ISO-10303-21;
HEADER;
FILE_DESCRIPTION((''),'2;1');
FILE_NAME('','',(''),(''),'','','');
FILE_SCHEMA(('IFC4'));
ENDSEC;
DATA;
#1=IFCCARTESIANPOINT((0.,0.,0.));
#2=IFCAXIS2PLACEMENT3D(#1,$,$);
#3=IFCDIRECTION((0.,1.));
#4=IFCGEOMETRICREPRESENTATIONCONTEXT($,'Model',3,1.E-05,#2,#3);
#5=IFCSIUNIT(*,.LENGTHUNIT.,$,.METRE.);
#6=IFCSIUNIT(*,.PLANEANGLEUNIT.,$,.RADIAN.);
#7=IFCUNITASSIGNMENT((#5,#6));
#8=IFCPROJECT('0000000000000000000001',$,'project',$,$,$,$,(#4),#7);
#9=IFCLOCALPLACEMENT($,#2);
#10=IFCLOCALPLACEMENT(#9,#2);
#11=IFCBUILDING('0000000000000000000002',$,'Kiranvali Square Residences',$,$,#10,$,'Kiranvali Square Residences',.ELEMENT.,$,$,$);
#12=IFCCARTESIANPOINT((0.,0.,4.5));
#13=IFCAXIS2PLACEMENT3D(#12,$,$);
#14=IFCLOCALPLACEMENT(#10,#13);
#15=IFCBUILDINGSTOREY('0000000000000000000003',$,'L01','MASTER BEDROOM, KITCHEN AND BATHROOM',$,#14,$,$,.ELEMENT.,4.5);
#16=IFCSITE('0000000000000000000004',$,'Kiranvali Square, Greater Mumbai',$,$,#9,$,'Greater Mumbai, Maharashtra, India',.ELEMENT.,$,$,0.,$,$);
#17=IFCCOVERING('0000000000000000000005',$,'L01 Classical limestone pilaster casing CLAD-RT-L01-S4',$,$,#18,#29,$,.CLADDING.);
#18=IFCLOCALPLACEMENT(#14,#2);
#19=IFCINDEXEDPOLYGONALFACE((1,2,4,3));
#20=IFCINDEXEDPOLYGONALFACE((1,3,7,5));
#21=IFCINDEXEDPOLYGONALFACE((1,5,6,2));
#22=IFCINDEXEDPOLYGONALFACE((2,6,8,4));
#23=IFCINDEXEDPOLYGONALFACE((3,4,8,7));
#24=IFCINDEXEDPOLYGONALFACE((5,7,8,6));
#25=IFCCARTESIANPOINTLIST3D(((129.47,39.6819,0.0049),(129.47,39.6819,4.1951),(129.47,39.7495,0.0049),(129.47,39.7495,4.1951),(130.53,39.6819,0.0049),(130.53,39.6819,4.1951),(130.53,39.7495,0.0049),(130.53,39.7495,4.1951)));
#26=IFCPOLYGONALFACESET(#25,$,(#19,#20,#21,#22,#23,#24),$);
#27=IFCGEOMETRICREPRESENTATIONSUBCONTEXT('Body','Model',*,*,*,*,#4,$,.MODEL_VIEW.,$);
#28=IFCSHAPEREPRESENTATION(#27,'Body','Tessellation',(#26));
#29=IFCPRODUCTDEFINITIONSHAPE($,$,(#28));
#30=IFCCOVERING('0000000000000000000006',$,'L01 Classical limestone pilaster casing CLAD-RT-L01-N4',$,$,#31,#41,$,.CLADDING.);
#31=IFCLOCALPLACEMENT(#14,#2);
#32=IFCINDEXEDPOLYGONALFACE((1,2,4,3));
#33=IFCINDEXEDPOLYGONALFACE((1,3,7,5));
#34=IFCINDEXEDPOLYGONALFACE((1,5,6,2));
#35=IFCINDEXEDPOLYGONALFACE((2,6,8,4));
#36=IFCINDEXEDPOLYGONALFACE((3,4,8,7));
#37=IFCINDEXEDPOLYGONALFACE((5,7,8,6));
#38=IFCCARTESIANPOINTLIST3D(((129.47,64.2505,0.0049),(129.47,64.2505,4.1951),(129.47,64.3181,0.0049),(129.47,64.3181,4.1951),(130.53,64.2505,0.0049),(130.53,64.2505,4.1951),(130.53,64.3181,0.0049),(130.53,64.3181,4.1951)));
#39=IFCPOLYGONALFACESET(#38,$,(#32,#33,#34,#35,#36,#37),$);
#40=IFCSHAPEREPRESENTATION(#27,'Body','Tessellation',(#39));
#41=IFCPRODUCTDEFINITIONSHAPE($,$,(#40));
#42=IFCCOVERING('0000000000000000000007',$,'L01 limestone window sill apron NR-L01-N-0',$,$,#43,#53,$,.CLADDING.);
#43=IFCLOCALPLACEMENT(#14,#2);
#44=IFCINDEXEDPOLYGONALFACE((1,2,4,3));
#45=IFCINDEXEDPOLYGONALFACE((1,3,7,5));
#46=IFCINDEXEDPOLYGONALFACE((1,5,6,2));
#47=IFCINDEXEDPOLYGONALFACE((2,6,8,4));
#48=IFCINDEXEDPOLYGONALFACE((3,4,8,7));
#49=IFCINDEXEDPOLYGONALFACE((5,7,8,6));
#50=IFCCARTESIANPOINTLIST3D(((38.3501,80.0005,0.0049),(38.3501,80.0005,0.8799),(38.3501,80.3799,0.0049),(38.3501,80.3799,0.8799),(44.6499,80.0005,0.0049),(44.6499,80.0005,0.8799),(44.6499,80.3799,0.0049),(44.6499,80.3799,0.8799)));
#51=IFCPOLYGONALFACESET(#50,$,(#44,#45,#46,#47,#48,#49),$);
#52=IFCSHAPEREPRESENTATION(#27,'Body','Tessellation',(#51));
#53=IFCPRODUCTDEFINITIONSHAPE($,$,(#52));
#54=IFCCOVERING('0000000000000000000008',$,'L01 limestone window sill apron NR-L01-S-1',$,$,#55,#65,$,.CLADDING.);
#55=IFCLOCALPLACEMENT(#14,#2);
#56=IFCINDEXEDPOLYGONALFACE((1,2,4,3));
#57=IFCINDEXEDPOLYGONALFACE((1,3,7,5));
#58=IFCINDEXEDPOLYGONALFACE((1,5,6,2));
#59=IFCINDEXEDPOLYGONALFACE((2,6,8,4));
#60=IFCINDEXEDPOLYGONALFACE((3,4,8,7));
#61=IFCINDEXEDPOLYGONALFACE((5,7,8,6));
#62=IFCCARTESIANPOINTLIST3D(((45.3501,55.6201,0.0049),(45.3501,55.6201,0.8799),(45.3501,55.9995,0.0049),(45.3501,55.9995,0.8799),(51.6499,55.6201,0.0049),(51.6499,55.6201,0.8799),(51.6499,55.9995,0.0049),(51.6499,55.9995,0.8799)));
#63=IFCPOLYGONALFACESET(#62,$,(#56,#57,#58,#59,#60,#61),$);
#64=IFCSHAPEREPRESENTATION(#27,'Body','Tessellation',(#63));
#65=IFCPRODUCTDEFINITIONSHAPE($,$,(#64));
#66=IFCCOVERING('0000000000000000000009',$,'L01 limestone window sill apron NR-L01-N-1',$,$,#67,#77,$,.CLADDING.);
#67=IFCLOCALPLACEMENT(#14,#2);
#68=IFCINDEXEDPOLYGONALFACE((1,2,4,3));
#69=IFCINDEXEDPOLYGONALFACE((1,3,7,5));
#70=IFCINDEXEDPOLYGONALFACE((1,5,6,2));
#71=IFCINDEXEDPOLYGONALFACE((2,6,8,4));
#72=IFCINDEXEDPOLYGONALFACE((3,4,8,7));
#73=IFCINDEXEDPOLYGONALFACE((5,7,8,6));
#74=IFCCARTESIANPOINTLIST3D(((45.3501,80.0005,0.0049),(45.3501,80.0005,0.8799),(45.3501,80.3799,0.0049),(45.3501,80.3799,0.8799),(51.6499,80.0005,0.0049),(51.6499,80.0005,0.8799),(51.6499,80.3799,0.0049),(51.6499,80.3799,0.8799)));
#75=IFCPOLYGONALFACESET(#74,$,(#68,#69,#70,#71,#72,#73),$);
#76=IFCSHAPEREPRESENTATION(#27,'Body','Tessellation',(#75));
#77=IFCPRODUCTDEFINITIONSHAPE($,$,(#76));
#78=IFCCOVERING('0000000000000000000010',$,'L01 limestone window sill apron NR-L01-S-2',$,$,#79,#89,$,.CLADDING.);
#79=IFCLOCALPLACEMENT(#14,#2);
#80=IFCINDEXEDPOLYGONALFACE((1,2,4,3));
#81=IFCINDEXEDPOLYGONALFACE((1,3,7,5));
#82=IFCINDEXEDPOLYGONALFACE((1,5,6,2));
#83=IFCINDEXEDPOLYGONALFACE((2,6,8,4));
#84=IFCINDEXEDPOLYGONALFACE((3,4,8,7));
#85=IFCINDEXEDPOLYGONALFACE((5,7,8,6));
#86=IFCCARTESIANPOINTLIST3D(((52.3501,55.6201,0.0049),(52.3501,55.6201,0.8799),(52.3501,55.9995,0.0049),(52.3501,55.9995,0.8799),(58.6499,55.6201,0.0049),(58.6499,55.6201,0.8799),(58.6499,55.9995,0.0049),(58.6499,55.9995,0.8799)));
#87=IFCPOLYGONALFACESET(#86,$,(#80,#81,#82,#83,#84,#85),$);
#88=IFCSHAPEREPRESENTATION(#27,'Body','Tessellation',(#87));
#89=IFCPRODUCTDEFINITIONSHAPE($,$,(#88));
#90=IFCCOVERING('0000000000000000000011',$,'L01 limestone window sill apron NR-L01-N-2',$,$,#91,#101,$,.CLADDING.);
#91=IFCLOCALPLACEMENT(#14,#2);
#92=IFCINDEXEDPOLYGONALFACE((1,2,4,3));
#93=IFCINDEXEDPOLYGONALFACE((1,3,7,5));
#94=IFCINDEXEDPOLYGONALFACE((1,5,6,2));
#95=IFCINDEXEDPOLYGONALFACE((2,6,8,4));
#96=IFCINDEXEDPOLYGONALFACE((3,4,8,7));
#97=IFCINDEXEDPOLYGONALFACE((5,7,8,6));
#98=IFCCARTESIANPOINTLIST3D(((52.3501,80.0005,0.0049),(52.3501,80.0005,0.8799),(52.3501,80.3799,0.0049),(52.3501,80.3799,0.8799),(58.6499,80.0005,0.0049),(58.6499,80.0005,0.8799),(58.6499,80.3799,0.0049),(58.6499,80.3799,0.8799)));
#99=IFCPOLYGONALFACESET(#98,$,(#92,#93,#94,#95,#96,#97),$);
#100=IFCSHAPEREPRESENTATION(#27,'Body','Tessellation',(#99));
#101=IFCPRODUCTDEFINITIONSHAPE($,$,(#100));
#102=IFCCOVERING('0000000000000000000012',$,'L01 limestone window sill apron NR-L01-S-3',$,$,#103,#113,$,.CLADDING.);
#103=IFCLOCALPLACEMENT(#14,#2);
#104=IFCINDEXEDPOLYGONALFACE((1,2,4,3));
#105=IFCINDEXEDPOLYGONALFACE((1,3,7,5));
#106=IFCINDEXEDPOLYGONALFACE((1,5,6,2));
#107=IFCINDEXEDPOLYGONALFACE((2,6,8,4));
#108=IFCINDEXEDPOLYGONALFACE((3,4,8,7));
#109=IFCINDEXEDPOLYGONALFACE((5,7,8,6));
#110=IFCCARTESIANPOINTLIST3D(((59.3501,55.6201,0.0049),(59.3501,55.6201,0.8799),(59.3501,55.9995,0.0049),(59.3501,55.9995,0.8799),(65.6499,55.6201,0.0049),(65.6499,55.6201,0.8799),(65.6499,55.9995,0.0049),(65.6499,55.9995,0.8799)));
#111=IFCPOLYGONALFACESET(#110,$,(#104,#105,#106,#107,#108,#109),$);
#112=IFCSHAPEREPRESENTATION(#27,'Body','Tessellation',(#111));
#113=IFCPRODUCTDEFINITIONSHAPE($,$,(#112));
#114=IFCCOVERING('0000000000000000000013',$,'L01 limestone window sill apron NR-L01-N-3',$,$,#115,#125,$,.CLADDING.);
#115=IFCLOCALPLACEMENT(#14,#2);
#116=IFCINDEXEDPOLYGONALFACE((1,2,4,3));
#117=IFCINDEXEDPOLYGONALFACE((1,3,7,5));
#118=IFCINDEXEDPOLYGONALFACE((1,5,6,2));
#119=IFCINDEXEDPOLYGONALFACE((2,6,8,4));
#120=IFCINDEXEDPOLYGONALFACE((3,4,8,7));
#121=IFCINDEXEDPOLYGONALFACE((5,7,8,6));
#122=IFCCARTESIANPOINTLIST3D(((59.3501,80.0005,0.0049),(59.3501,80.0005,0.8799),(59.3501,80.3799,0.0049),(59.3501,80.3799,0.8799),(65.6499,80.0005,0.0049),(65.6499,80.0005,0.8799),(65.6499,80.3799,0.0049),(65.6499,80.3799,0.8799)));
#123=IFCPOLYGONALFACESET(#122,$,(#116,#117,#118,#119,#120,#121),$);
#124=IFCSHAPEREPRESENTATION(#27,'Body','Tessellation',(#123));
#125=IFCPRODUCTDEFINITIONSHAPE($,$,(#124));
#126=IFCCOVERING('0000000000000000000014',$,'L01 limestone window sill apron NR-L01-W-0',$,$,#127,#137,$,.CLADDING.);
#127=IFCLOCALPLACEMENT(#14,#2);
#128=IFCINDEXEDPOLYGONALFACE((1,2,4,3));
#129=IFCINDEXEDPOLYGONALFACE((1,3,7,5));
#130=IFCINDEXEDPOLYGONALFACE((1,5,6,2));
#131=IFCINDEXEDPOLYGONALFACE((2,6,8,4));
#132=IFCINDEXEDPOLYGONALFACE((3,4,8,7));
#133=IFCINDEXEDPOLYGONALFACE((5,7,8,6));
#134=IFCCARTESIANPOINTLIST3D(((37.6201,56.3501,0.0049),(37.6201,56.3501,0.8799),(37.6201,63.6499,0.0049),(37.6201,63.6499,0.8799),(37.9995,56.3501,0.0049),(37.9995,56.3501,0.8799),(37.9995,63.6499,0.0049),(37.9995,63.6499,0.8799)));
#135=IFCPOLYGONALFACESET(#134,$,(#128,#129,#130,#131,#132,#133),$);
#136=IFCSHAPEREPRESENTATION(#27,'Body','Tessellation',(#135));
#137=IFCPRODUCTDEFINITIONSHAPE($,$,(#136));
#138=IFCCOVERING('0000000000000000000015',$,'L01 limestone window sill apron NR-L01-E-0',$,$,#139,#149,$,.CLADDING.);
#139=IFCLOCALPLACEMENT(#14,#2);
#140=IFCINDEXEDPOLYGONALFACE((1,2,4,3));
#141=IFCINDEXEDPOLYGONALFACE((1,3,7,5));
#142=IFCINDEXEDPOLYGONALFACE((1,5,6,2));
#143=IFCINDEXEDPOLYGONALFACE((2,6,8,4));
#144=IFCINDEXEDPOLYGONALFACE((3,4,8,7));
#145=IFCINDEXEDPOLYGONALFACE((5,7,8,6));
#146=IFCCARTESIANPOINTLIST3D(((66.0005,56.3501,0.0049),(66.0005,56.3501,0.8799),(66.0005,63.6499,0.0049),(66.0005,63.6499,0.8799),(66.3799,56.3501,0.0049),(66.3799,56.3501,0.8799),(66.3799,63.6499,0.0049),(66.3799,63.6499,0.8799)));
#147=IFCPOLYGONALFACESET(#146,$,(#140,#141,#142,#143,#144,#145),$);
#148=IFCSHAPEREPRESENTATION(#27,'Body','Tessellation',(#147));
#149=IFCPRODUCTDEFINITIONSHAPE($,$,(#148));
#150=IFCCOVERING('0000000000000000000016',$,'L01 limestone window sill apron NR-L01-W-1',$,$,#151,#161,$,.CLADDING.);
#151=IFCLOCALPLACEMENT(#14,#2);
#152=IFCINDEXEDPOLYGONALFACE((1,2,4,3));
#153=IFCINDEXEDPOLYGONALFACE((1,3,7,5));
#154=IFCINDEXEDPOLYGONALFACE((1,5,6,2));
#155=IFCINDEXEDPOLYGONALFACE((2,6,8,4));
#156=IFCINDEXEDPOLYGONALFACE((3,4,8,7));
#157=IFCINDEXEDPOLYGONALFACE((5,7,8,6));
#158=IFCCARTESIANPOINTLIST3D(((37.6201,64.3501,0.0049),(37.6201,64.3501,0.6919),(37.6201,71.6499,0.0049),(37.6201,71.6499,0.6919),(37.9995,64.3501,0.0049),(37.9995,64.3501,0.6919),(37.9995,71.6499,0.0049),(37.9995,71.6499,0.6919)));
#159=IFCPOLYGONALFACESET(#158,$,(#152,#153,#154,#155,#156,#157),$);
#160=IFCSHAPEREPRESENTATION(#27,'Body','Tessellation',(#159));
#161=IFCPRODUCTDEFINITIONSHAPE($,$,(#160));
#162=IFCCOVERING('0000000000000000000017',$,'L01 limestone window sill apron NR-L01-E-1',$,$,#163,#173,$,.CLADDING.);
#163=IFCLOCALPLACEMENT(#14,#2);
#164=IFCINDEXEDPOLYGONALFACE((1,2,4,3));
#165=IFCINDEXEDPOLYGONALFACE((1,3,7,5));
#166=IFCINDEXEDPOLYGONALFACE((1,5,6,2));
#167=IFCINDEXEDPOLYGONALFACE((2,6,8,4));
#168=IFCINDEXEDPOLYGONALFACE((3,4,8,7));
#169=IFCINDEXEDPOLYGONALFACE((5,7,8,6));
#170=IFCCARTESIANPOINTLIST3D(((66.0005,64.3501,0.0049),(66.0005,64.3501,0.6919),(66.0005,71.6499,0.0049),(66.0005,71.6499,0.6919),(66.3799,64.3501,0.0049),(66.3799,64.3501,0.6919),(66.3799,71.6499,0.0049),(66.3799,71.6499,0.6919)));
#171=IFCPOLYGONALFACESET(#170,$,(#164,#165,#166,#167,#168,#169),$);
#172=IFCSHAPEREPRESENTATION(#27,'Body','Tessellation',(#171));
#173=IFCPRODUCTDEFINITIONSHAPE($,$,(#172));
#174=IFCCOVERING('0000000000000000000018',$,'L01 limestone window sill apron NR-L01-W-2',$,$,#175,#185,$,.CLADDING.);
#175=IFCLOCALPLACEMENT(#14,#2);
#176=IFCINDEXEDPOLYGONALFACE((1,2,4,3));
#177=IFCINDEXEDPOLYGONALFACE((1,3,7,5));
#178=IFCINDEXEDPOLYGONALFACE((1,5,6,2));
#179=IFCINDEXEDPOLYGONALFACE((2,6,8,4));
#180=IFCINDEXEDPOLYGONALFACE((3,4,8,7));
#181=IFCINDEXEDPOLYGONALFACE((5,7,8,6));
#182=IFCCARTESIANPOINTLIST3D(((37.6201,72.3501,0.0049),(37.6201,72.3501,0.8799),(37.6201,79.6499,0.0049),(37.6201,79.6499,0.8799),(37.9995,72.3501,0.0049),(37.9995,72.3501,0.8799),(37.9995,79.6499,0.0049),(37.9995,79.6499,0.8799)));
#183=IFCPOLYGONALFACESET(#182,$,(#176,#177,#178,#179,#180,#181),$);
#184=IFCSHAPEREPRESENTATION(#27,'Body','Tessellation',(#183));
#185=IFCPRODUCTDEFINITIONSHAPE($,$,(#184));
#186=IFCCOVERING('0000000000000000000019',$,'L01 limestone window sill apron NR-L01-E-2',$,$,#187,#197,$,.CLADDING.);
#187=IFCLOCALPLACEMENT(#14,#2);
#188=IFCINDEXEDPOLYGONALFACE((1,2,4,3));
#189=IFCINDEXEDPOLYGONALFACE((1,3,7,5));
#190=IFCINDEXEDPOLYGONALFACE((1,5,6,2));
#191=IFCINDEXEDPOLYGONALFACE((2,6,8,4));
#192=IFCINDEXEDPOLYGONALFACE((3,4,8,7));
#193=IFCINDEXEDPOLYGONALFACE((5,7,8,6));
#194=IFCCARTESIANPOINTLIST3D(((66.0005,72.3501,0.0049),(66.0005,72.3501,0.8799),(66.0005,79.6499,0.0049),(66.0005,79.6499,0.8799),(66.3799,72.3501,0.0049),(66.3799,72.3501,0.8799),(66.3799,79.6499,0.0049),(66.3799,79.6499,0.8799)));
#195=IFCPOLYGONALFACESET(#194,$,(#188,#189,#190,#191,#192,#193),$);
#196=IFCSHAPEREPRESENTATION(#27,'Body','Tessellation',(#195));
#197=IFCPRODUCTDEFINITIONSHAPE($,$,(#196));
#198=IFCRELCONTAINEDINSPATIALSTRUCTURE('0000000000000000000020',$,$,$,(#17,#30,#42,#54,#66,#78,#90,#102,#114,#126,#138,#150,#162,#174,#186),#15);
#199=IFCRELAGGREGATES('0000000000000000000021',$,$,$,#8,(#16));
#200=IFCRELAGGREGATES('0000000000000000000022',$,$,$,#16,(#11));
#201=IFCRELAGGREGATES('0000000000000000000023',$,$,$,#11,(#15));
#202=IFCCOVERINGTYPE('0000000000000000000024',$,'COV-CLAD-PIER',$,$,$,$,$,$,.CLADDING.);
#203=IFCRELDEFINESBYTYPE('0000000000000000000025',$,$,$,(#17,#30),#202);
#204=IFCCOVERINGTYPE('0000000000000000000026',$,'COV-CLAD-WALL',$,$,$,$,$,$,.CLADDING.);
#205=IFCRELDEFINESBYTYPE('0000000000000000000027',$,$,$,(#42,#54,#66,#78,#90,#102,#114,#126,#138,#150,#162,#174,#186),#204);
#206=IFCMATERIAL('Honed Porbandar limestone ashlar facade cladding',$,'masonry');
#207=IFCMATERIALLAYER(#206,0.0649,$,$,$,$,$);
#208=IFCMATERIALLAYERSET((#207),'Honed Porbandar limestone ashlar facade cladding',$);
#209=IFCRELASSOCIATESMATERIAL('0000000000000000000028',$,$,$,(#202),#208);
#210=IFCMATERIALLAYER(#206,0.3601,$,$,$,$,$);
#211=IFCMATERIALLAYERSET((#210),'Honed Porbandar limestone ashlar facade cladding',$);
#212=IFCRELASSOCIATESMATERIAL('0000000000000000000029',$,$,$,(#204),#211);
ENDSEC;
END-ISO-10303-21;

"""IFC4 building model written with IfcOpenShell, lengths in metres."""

from ifc_helpers import new_model, si_unit, direction, frame, origin, place, context, subcontext, project, spatial, polyline, outline, extrude, material, layer, layer_set, type_object, element, save


model = new_model("IFC4")

# Units and contexts
model_context = context("Model", 3, precision=1e-05, world=origin(), true_north=direction((0.0, 1.0)))
body_context = subcontext(model_context, "Body", "Model", "MODEL_VIEW")
ifc_project = project(units=[si_unit("LENGTHUNIT", "METRE"), si_unit("PLANEANGLEUNIT", "RADIAN")], contexts=[model_context])

# Site, building, storey
site_placement = place(None, origin())
site = spatial("IfcSite", under=ifc_project, at=site_placement, Name="Kiranvali Square, Greater Mumbai", LongName="Greater Mumbai, Maharashtra, India", CompositionType="ELEMENT", RefElevation=0.0)
building_placement = place(site_placement, origin())
building = spatial("IfcBuilding", under=site, at=building_placement, Name="Kiranvali Square Residences", LongName="Kiranvali Square Residences", CompositionType="ELEMENT")
storey_placement = place(building_placement, frame((0.0, 0.0, 4.5)))
storey = spatial("IfcBuildingStorey", under=building, at=storey_placement, Name="L01", Description="MASTER BEDROOM, KITCHEN AND BATHROOM", CompositionType="ELEMENT", Elevation=4.5)

# Coverings
ifc_material = material(Name="Honed Porbandar limestone ashlar facade cladding", Category="masonry")
ifc_layer_1 = layer(ifc_material, 0.0649)
ifc_layer_set_1 = layer_set([ifc_layer_1], Name="Honed Porbandar limestone ashlar facade cladding")
covering_type_1 = type_object("IfcCoveringType", Name="COV-CLAD-PIER", PredefinedType="CLADDING", material=ifc_layer_set_1)
covering_1_placement = place(storey_placement, frame((0.0, 0.0, 0.0049)))
element("IfcCovering", 1, at=covering_1_placement, inside=storey, type_object=covering_type_1, Name="L01 Classical limestone pilaster casing CLAD-RT-L01-S4", PredefinedType="CLADDING", context=body_context, shape_type="SweptSolid", body=[
    extrude(outline(polyline([(129.47, 39.6819), (130.53, 39.6819), (130.53, 39.7495), (129.47, 39.7495), (129.47, 39.6819)])), origin(), (0.0, 0.0, 1.0), 4.1902),
])
covering_2_placement = place(storey_placement, frame((0.0, 0.0, 0.0049)))
element("IfcCovering", 2, at=covering_2_placement, inside=storey, type_object=covering_type_1, Name="L01 Classical limestone pilaster casing CLAD-RT-L01-N4", PredefinedType="CLADDING", context=body_context, shape_type="SweptSolid", body=[
    extrude(outline(polyline([(129.47, 64.2505), (130.53, 64.2505), (130.53, 64.3181), (129.47, 64.3181), (129.47, 64.2505)])), origin(), (0.0, 0.0, 1.0), 4.1902),
])
ifc_layer_2 = layer(ifc_material, 0.3601)
ifc_layer_set_2 = layer_set([ifc_layer_2], Name="Honed Porbandar limestone ashlar facade cladding")
covering_type_2 = type_object("IfcCoveringType", Name="COV-CLAD-WALL", PredefinedType="CLADDING", material=ifc_layer_set_2)
covering_3_placement = place(storey_placement, frame((0.0, 0.0, 0.0049)))
element("IfcCovering", 3, at=covering_3_placement, inside=storey, type_object=covering_type_2, Name="L01 limestone window sill apron NR-L01-N-0", PredefinedType="CLADDING", context=body_context, shape_type="SweptSolid", body=[
    extrude(outline(polyline([(38.3501, 80.0005), (44.6499, 80.0005), (44.6499, 80.3799), (38.3501, 80.3799), (38.3501, 80.0005)])), origin(), (0.0, 0.0, 1.0), 0.875),
])
covering_4_placement = place(storey_placement, frame((0.0, 0.0, 0.0049)))
element("IfcCovering", 4, at=covering_4_placement, inside=storey, type_object=covering_type_2, Name="L01 limestone window sill apron NR-L01-S-1", PredefinedType="CLADDING", context=body_context, shape_type="SweptSolid", body=[
    extrude(outline(polyline([(45.3501, 55.6201), (51.6499, 55.6201), (51.6499, 55.9995), (45.3501, 55.9995), (45.3501, 55.6201)])), origin(), (0.0, 0.0, 1.0), 0.875),
])
covering_5_placement = place(storey_placement, frame((0.0, 0.0, 0.0049)))
element("IfcCovering", 5, at=covering_5_placement, inside=storey, type_object=covering_type_2, Name="L01 limestone window sill apron NR-L01-N-1", PredefinedType="CLADDING", context=body_context, shape_type="SweptSolid", body=[
    extrude(outline(polyline([(45.3501, 80.0005), (51.6499, 80.0005), (51.6499, 80.3799), (45.3501, 80.3799), (45.3501, 80.0005)])), origin(), (0.0, 0.0, 1.0), 0.875),
])
covering_6_placement = place(storey_placement, frame((0.0, 0.0, 0.0049)))
element("IfcCovering", 6, at=covering_6_placement, inside=storey, type_object=covering_type_2, Name="L01 limestone window sill apron NR-L01-S-2", PredefinedType="CLADDING", context=body_context, shape_type="SweptSolid", body=[
    extrude(outline(polyline([(52.3501, 55.6201), (58.6499, 55.6201), (58.6499, 55.9995), (52.3501, 55.9995), (52.3501, 55.6201)])), origin(), (0.0, 0.0, 1.0), 0.875),
])
covering_7_placement = place(storey_placement, frame((0.0, 0.0, 0.0049)))
element("IfcCovering", 7, at=covering_7_placement, inside=storey, type_object=covering_type_2, Name="L01 limestone window sill apron NR-L01-N-2", PredefinedType="CLADDING", context=body_context, shape_type="SweptSolid", body=[
    extrude(outline(polyline([(52.3501, 80.0005), (58.6499, 80.0005), (58.6499, 80.3799), (52.3501, 80.3799), (52.3501, 80.0005)])), origin(), (0.0, 0.0, 1.0), 0.875),
])
covering_8_placement = place(storey_placement, frame((0.0, 0.0, 0.0049)))
element("IfcCovering", 8, at=covering_8_placement, inside=storey, type_object=covering_type_2, Name="L01 limestone window sill apron NR-L01-S-3", PredefinedType="CLADDING", context=body_context, shape_type="SweptSolid", body=[
    extrude(outline(polyline([(59.3501, 55.6201), (65.6499, 55.6201), (65.6499, 55.9995), (59.3501, 55.9995), (59.3501, 55.6201)])), origin(), (0.0, 0.0, 1.0), 0.875),
])
covering_9_placement = place(storey_placement, frame((0.0, 0.0, 0.0049)))
element("IfcCovering", 9, at=covering_9_placement, inside=storey, type_object=covering_type_2, Name="L01 limestone window sill apron NR-L01-N-3", PredefinedType="CLADDING", context=body_context, shape_type="SweptSolid", body=[
    extrude(outline(polyline([(59.3501, 80.0005), (65.6499, 80.0005), (65.6499, 80.3799), (59.3501, 80.3799), (59.3501, 80.0005)])), origin(), (0.0, 0.0, 1.0), 0.875),
])
covering_10_placement = place(storey_placement, frame((0.0, 0.0, 0.0049)))
element("IfcCovering", 10, at=covering_10_placement, inside=storey, type_object=covering_type_2, Name="L01 limestone window sill apron NR-L01-W-0", PredefinedType="CLADDING", context=body_context, shape_type="SweptSolid", body=[
    extrude(outline(polyline([(37.9995, 56.3501), (37.9995, 63.6499), (37.6201, 63.6499), (37.6201, 56.3501), (37.9995, 56.3501)])), origin(), (0.0, 0.0, 1.0), 0.875),
])
covering_11_placement = place(storey_placement, frame((0.0, 0.0, 0.0049)))
element("IfcCovering", 11, at=covering_11_placement, inside=storey, type_object=covering_type_2, Name="L01 limestone window sill apron NR-L01-E-0", PredefinedType="CLADDING", context=body_context, shape_type="SweptSolid", body=[
    extrude(outline(polyline([(66.3799, 56.3501), (66.3799, 63.6499), (66.0005, 63.6499), (66.0005, 56.3501), (66.3799, 56.3501)])), origin(), (0.0, 0.0, 1.0), 0.875),
])
covering_12_placement = place(storey_placement, frame((0.0, 0.0, 0.0049)))
element("IfcCovering", 12, at=covering_12_placement, inside=storey, type_object=covering_type_2, Name="L01 limestone window sill apron NR-L01-W-1", PredefinedType="CLADDING", context=body_context, shape_type="SweptSolid", body=[
    extrude(outline(polyline([(37.9995, 64.3501), (37.9995, 71.6499), (37.6201, 71.6499), (37.6201, 64.3501), (37.9995, 64.3501)])), origin(), (0.0, 0.0, 1.0), 0.687),
])
covering_13_placement = place(storey_placement, frame((0.0, 0.0, 0.0049)))
element("IfcCovering", 13, at=covering_13_placement, inside=storey, type_object=covering_type_2, Name="L01 limestone window sill apron NR-L01-E-1", PredefinedType="CLADDING", context=body_context, shape_type="SweptSolid", body=[
    extrude(outline(polyline([(66.3799, 64.3501), (66.3799, 71.6499), (66.0005, 71.6499), (66.0005, 64.3501), (66.3799, 64.3501)])), origin(), (0.0, 0.0, 1.0), 0.687),
])
covering_14_placement = place(storey_placement, frame((0.0, 0.0, 0.0049)))
element("IfcCovering", 14, at=covering_14_placement, inside=storey, type_object=covering_type_2, Name="L01 limestone window sill apron NR-L01-W-2", PredefinedType="CLADDING", context=body_context, shape_type="SweptSolid", body=[
    extrude(outline(polyline([(37.9995, 72.3501), (37.9995, 79.6499), (37.6201, 79.6499), (37.6201, 72.3501), (37.9995, 72.3501)])), origin(), (0.0, 0.0, 1.0), 0.875),
])
covering_15_placement = place(storey_placement, frame((0.0, 0.0, 0.0049)))
element("IfcCovering", 15, at=covering_15_placement, inside=storey, type_object=covering_type_2, Name="L01 limestone window sill apron NR-L01-E-2", PredefinedType="CLADDING", context=body_context, shape_type="SweptSolid", body=[
    extrude(outline(polyline([(66.3799, 72.3501), (66.3799, 79.6499), (66.0005, 79.6499), (66.0005, 72.3501), (66.3799, 72.3501)])), origin(), (0.0, 0.0, 1.0), 0.875),
])

save(model, "model.ifc")
